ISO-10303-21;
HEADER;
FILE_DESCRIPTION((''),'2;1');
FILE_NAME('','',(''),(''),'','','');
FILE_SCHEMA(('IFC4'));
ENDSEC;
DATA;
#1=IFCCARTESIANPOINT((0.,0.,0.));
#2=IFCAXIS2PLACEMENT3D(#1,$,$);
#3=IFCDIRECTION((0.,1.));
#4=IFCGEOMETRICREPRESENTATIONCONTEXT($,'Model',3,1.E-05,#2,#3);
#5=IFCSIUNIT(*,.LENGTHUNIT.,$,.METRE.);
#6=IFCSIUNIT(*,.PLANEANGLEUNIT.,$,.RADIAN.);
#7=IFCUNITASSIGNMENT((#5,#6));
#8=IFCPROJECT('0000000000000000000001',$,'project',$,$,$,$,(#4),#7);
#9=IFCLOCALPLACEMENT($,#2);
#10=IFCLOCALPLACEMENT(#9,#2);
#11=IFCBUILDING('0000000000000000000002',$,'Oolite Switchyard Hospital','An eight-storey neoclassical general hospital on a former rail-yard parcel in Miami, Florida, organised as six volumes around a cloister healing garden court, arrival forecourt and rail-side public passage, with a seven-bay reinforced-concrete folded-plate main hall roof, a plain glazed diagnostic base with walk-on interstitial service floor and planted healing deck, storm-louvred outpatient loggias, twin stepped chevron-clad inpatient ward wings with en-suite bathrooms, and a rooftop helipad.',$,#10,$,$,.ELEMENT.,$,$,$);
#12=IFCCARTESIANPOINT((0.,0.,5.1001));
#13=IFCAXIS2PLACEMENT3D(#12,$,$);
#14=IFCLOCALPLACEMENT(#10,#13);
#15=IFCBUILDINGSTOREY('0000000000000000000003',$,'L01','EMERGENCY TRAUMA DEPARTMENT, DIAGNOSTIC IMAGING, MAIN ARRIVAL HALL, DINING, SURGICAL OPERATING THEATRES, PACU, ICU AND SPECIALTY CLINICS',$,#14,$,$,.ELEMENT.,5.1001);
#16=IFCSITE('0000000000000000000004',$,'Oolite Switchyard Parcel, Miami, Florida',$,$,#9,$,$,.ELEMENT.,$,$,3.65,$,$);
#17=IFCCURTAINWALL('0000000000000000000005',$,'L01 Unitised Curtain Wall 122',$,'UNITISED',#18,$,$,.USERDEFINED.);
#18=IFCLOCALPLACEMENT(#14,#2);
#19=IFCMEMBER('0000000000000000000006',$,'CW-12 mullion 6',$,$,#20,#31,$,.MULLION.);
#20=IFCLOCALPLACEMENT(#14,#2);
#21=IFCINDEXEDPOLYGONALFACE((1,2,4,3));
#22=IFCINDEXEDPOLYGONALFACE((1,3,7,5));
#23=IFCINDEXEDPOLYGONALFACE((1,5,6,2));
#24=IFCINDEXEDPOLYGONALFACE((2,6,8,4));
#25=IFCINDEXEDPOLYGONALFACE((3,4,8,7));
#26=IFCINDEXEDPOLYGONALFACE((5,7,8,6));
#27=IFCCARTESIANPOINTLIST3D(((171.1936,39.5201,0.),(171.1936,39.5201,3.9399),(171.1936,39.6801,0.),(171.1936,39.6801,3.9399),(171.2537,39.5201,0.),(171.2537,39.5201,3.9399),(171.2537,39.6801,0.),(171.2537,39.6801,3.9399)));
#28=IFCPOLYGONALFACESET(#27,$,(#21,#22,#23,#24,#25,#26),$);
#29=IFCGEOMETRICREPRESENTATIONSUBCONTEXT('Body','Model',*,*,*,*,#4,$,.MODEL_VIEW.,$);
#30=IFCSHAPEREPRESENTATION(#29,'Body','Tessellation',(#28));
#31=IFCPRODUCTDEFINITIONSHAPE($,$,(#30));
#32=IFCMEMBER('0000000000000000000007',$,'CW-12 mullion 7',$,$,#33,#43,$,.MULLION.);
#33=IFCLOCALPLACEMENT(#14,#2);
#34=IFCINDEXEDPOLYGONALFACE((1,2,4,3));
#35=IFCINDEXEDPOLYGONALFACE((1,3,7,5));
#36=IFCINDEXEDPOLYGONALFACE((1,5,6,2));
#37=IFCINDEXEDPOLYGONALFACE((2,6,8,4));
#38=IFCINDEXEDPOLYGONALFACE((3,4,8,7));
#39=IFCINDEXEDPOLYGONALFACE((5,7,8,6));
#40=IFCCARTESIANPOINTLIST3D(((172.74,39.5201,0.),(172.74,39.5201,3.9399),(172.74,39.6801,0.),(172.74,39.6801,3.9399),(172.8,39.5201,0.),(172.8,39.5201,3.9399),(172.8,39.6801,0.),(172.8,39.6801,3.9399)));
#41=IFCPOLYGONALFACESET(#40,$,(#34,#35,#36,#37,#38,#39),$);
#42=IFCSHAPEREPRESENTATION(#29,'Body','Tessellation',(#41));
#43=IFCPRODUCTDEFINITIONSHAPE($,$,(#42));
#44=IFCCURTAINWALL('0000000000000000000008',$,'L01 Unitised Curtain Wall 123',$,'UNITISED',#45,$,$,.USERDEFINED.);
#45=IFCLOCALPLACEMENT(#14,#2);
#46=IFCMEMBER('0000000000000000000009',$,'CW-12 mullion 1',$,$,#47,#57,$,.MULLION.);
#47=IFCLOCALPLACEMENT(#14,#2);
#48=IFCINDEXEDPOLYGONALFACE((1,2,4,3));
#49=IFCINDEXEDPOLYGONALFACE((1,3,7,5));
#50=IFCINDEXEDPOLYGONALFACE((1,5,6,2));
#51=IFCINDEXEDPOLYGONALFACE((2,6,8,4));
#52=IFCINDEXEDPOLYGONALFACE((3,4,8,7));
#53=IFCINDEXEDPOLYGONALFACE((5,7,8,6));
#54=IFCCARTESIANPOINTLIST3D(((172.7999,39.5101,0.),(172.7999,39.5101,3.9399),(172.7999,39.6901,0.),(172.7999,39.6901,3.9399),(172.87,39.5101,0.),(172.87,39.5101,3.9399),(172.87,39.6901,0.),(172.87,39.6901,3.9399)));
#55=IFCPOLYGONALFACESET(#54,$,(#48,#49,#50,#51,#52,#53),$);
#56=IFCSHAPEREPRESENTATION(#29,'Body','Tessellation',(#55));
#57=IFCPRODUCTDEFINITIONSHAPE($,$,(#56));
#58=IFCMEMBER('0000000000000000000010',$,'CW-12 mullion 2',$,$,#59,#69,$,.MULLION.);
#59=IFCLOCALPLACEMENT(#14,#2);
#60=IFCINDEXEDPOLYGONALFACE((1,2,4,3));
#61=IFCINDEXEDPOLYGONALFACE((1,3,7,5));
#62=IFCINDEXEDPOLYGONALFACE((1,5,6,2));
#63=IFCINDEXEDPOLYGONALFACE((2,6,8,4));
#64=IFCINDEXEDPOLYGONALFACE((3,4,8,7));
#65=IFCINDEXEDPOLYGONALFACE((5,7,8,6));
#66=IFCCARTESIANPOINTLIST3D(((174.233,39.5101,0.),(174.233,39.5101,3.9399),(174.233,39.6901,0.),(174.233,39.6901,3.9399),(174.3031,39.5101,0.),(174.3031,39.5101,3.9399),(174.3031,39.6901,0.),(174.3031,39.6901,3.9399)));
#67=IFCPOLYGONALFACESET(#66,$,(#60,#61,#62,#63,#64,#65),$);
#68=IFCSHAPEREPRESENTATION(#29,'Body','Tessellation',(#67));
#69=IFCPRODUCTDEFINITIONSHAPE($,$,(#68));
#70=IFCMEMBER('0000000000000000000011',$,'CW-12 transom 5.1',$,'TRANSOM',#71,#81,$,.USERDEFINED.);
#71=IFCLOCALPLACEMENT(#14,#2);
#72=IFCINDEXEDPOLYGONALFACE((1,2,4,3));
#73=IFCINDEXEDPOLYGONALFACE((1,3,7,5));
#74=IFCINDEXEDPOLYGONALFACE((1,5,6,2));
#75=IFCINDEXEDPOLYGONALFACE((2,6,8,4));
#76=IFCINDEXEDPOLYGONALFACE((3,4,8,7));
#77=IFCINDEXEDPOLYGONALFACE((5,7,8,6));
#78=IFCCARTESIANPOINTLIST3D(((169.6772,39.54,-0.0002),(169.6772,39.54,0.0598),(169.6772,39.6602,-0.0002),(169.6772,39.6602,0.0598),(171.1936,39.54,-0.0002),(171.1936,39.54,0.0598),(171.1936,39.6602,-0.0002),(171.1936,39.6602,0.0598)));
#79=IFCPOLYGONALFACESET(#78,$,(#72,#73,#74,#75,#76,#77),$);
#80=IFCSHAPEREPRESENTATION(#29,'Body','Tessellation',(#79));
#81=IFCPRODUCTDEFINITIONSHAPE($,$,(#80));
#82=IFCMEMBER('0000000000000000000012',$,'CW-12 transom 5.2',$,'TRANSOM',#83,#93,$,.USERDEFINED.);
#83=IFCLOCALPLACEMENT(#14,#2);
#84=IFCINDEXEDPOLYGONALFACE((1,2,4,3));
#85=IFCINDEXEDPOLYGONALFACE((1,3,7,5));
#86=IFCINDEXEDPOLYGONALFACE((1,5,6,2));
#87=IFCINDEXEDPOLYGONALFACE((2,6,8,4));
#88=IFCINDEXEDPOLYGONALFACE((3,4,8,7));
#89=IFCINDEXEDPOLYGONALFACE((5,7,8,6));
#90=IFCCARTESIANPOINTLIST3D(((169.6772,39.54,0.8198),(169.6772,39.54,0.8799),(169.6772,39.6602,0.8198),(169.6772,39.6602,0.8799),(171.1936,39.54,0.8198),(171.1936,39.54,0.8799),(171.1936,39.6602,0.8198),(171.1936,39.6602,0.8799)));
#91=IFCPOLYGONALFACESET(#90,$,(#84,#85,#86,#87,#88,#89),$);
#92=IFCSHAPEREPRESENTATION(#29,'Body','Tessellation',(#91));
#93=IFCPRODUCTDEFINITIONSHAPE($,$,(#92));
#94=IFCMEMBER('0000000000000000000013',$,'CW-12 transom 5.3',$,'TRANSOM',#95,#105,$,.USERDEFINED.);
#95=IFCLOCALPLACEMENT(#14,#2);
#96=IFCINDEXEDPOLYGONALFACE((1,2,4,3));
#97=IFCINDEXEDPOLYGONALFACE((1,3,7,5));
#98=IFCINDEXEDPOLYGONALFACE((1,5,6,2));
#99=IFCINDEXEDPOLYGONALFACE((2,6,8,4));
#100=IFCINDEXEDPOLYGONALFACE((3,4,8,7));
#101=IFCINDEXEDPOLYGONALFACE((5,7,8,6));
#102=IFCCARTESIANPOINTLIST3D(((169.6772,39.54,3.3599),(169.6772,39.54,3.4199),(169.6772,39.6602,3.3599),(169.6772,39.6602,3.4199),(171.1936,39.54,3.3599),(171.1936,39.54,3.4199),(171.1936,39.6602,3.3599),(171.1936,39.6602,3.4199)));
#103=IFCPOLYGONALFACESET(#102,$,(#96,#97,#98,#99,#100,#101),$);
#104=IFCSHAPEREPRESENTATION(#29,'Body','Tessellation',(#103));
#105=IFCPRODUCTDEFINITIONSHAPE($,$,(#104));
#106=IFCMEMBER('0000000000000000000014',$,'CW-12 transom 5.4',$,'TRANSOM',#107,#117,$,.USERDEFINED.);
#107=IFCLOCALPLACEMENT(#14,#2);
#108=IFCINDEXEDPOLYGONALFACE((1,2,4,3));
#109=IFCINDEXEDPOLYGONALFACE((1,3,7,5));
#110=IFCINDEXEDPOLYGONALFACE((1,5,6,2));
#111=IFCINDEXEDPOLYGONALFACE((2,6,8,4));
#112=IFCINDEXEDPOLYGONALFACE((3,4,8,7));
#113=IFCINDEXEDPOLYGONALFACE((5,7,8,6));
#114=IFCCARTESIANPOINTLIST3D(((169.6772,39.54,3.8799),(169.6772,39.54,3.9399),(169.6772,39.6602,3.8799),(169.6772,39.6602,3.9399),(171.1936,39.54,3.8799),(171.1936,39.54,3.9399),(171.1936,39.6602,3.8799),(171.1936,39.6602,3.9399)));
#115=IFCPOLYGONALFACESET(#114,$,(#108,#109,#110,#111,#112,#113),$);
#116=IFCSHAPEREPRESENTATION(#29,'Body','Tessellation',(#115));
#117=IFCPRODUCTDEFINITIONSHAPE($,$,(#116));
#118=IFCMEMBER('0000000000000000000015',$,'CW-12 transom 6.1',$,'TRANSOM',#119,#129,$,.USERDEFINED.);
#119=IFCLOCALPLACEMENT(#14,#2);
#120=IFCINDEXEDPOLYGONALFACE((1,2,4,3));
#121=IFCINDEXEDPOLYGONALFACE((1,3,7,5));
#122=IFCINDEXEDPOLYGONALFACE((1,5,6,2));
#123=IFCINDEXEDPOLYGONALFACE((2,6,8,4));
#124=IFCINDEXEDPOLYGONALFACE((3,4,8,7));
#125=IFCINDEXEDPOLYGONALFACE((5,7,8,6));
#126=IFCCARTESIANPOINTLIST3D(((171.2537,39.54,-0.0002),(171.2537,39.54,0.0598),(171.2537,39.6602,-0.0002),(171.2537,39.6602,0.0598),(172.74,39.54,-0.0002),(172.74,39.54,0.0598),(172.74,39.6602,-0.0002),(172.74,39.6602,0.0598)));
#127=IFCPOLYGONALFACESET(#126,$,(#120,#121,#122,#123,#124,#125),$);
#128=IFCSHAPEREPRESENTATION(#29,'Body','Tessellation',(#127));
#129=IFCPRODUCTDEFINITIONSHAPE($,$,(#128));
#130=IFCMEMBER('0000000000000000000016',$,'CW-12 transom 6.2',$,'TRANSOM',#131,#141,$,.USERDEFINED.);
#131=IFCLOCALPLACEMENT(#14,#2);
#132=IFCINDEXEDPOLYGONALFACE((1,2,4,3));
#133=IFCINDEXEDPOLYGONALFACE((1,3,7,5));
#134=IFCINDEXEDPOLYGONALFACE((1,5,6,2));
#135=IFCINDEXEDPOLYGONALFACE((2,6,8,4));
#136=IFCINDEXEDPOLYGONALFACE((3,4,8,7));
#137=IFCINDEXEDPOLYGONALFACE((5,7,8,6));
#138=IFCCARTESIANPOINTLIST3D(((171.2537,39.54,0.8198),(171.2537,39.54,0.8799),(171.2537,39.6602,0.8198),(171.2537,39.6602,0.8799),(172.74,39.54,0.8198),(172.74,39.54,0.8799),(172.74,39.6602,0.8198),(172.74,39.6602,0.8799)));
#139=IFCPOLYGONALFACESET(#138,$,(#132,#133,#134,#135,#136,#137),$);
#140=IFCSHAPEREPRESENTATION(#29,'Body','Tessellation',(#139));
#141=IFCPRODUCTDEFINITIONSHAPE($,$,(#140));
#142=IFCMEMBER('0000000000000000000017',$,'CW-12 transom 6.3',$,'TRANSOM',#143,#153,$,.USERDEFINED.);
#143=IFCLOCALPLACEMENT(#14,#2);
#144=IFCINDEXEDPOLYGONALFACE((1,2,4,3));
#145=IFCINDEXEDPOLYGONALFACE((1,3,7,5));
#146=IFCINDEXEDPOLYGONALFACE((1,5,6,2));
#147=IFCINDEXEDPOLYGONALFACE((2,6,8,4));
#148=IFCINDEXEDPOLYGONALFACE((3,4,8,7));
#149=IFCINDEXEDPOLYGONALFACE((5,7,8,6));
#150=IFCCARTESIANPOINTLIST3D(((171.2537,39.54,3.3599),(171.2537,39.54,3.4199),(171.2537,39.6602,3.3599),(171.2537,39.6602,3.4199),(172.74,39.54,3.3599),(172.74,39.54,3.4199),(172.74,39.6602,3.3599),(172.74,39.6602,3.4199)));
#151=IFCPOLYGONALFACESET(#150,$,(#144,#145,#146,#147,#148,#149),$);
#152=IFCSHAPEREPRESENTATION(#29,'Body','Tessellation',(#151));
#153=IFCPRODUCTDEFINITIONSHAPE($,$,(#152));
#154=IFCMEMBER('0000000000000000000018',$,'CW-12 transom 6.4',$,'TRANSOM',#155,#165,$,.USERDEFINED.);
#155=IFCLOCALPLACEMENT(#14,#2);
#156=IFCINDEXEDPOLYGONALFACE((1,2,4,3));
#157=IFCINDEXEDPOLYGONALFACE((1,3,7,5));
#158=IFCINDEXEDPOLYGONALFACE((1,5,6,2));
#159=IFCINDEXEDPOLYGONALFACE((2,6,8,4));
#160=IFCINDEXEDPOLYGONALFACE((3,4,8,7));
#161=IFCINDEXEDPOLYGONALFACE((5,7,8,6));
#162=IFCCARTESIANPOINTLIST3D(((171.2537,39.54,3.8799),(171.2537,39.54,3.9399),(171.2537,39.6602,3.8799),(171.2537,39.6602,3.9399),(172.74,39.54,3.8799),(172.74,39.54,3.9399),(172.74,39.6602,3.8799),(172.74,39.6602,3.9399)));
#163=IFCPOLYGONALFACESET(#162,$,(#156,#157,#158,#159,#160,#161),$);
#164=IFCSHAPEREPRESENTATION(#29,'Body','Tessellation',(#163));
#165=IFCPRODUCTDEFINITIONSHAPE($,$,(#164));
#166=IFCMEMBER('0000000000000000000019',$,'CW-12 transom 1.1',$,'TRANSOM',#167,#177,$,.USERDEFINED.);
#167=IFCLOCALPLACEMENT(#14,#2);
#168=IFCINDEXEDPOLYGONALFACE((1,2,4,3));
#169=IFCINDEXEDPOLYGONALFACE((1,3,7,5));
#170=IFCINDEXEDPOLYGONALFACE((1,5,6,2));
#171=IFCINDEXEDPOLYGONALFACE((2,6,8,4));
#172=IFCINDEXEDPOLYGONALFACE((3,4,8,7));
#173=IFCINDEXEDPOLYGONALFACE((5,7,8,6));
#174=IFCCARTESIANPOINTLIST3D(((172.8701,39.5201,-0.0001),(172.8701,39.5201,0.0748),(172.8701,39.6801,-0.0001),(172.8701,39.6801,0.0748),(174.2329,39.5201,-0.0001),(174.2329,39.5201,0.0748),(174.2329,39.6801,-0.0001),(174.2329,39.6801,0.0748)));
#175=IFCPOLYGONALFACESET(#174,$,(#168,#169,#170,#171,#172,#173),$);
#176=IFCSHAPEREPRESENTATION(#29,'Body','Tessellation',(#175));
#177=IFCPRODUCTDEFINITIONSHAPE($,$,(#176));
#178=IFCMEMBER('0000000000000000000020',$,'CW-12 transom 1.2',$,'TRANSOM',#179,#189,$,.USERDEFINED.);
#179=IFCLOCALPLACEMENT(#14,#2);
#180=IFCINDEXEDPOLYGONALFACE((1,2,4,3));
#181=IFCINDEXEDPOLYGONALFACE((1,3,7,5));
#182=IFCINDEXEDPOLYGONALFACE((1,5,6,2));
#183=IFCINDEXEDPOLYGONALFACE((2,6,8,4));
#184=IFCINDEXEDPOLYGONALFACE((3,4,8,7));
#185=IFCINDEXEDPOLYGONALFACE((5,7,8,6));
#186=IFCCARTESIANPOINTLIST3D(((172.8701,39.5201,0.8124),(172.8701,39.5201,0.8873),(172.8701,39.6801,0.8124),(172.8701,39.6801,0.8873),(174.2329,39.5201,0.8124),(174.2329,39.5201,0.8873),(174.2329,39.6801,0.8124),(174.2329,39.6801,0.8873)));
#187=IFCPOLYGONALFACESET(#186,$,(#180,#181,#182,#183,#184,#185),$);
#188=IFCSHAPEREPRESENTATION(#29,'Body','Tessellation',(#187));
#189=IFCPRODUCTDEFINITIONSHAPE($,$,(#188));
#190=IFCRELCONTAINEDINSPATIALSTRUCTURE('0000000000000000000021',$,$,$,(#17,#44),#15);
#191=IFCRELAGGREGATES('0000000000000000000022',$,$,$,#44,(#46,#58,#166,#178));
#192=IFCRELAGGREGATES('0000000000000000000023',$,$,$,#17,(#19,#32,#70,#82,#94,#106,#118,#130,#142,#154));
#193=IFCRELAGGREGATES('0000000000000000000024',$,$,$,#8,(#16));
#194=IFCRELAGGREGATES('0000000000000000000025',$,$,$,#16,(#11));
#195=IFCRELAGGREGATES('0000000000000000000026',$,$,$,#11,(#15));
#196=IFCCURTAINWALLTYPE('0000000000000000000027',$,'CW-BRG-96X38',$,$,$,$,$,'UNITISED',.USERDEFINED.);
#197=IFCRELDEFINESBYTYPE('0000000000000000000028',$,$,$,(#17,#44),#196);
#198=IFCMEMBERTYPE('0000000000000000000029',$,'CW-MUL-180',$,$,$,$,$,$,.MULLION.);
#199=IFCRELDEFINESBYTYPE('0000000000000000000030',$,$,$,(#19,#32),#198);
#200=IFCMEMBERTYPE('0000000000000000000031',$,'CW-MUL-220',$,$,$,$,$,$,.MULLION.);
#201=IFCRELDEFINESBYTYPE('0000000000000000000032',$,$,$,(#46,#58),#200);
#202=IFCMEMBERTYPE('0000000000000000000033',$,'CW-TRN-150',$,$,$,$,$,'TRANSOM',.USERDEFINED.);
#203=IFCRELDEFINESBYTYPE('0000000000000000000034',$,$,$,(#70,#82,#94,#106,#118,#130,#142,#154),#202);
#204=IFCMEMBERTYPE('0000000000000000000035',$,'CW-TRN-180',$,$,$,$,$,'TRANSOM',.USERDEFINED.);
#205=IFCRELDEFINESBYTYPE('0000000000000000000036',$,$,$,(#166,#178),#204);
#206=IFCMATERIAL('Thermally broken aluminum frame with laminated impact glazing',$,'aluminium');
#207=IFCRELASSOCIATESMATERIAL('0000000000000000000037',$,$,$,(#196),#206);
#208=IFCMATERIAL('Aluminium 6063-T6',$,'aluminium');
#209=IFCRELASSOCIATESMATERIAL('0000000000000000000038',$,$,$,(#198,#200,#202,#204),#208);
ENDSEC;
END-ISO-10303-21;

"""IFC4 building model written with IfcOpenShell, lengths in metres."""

from ifc_helpers import new_model, si_unit, direction, frame, origin, origin_2d, place, context, subcontext, project, spatial, rectangle, extrude, material, material_profile, profile_set, type_object, element, aggregate, save


model = new_model("IFC4")

# Units and contexts
model_context = context("Model", 3, precision=1e-05, world=origin(), true_north=direction((0.0, 1.0)))
body_context = subcontext(model_context, "Body", "Model", "MODEL_VIEW")
ifc_project = project(units=[si_unit("LENGTHUNIT", "METRE"), si_unit("PLANEANGLEUNIT", "RADIAN")], contexts=[model_context])

# Site, building, storey
site_placement = place(None, origin())
site = spatial("IfcSite", under=ifc_project, at=site_placement, Name="Oolite Switchyard Parcel, Miami, Florida", CompositionType="ELEMENT", RefElevation=3.65)
building_placement = place(site_placement, origin())
building = spatial("IfcBuilding", under=site, at=building_placement, Name="Oolite Switchyard Hospital", Description="An eight-storey neoclassical general hospital on a former rail-yard parcel in Miami, Florida, organised as six volumes around a cloister healing garden court, arrival forecourt and rail-side public passage, with a seven-bay reinforced-concrete folded-plate main hall roof, a plain glazed diagnostic base with walk-on interstitial service floor and planted healing deck, storm-louvred outpatient loggias, twin stepped chevron-clad inpatient ward wings with en-suite bathrooms, and a rooftop helipad.", CompositionType="ELEMENT")
storey_placement = place(building_placement, frame((0.0, 0.0, 5.1001)))
storey = spatial("IfcBuildingStorey", under=building, at=storey_placement, Name="L01", Description="EMERGENCY TRAUMA DEPARTMENT, DIAGNOSTIC IMAGING, MAIN ARRIVAL HALL, DINING, SURGICAL OPERATING THEATRES, PACU, ICU AND SPECIALTY CLINICS", CompositionType="ELEMENT", Elevation=5.1001)

# Curtain walls, members
ifc_material_1 = material(Name="Thermally broken aluminum frame with laminated impact glazing", Category="aluminium")
curtain_wall_type = type_object("IfcCurtainWallType", Name="CW-BRG-96X38", ElementType="UNITISED", PredefinedType="USERDEFINED", material=ifc_material_1)
curtain_wall_1_placement = place(storey_placement, origin())
curtain_wall_1 = element("IfcCurtainWall", 1, at=curtain_wall_1_placement, inside=storey, type_object=curtain_wall_type, Name="L01 Unitised Curtain Wall 122", ObjectType="UNITISED", PredefinedType="USERDEFINED")
ifc_material_2 = material(Name="Aluminium 6063-T6", Category="aluminium")
ifc_material_profile_1 = material_profile(ifc_material_2, rectangle(XDim=0.1599, YDim=0.0601, at=origin_2d()), Name="CWM60X160")
ifc_profile_set_1 = profile_set([ifc_material_profile_1], Name="Aluminium 6063-T6")
member_type_1 = type_object("IfcMemberType", Name="CW-MUL-180", PredefinedType="MULLION", material=ifc_profile_set_1)
member_1_placement = place(storey_placement, frame((171.2236, 39.6001, 0.0), z_axis=(0.0, 0.0, 1.0), x_axis=(0.0, 1.0, 0.0)))
member_1 = element("IfcMember", 2, at=member_1_placement, type_object=member_type_1, Name="CW-12 mullion 6", PredefinedType="MULLION", context=body_context, shape_type="SweptSolid", body=[
    extrude(rectangle(XDim=0.1599, YDim=0.0601, at=origin_2d()), origin(), (0.0, 0.0, 1.0), 3.9399),
])
member_2_placement = place(storey_placement, frame((172.77, 39.6001, 0.0), z_axis=(0.0, 0.0, 1.0), x_axis=(0.0, 1.0, 0.0)))
member_2 = element("IfcMember", 3, at=member_2_placement, type_object=member_type_1, Name="CW-12 mullion 7", PredefinedType="MULLION", context=body_context, shape_type="SweptSolid", body=[
    extrude(rectangle(XDim=0.1599, YDim=0.0601, at=origin_2d()), origin(), (0.0, 0.0, 1.0), 3.9399),
])
curtain_wall_2_placement = place(storey_placement, origin())
curtain_wall_2 = element("IfcCurtainWall", 4, at=curtain_wall_2_placement, inside=storey, type_object=curtain_wall_type, Name="L01 Unitised Curtain Wall 123", ObjectType="UNITISED", PredefinedType="USERDEFINED")
ifc_material_profile_2 = material_profile(ifc_material_2, rectangle(XDim=0.1799, YDim=0.0701, at=origin_2d()), Name="CWM70X180")
ifc_profile_set_2 = profile_set([ifc_material_profile_2], Name="Aluminium 6063-T6")
member_type_2 = type_object("IfcMemberType", Name="CW-MUL-220", PredefinedType="MULLION", material=ifc_profile_set_2)
member_3_placement = place(storey_placement, frame((172.835, 39.6001, 0.0), z_axis=(0.0, 0.0, 1.0), x_axis=(0.0, 1.0, 0.0)))
member_3 = element("IfcMember", 5, at=member_3_placement, type_object=member_type_2, Name="CW-12 mullion 1", PredefinedType="MULLION", context=body_context, shape_type="SweptSolid", body=[
    extrude(rectangle(XDim=0.1799, YDim=0.0701, at=origin_2d()), origin(), (0.0, 0.0, 1.0), 3.9399),
])
member_4_placement = place(storey_placement, frame((174.2681, 39.6001, 0.0), z_axis=(0.0, 0.0, 1.0), x_axis=(0.0, 1.0, 0.0)))
member_4 = element("IfcMember", 6, at=member_4_placement, type_object=member_type_2, Name="CW-12 mullion 2", PredefinedType="MULLION", context=body_context, shape_type="SweptSolid", body=[
    extrude(rectangle(XDim=0.1799, YDim=0.0701, at=origin_2d()), origin(), (0.0, 0.0, 1.0), 3.9399),
])

# Members
ifc_material_profile_3 = material_profile(ifc_material_2, rectangle(XDim=0.1201, YDim=0.0601, at=origin_2d()), Name="CWT60X120")
ifc_profile_set_3 = profile_set([ifc_material_profile_3], Name="Aluminium 6063-T6")
member_type_3 = type_object("IfcMemberType", Name="CW-TRN-150", ElementType="TRANSOM", PredefinedType="USERDEFINED", material=ifc_profile_set_3)
member_5_placement = place(storey_placement, frame((169.6772, 39.6001, 0.0298), z_axis=(1.0, 0.0, 0.0), x_axis=(0.0, 1.0, 0.0)))
member_5 = element("IfcMember", 7, at=member_5_placement, type_object=member_type_3, Name="CW-12 transom 5.1", ObjectType="TRANSOM", PredefinedType="USERDEFINED", context=body_context, shape_type="SweptSolid", body=[
    extrude(rectangle(XDim=0.1201, YDim=0.0601, at=origin_2d()), origin(), (0.0, 0.0, 1.0), 1.5164),
])
member_6_placement = place(storey_placement, frame((169.6772, 39.6001, 0.8499), z_axis=(1.0, 0.0, 0.0), x_axis=(0.0, 1.0, 0.0)))
member_6 = element("IfcMember", 8, at=member_6_placement, type_object=member_type_3, Name="CW-12 transom 5.2", ObjectType="TRANSOM", PredefinedType="USERDEFINED", context=body_context, shape_type="SweptSolid", body=[
    extrude(rectangle(XDim=0.1201, YDim=0.0601, at=origin_2d()), origin(), (0.0, 0.0, 1.0), 1.5164),
])
member_7_placement = place(storey_placement, frame((169.6772, 39.6001, 3.3899), z_axis=(1.0, 0.0, 0.0), x_axis=(0.0, 1.0, 0.0)))
member_7 = element("IfcMember", 9, at=member_7_placement, type_object=member_type_3, Name="CW-12 transom 5.3", ObjectType="TRANSOM", PredefinedType="USERDEFINED", context=body_context, shape_type="SweptSolid", body=[
    extrude(rectangle(XDim=0.1201, YDim=0.0601, at=origin_2d()), origin(), (0.0, 0.0, 1.0), 1.5164),
])
member_8_placement = place(storey_placement, frame((169.6772, 39.6001, 3.9099), z_axis=(1.0, 0.0, 0.0), x_axis=(0.0, 1.0, 0.0)))
member_8 = element("IfcMember", 10, at=member_8_placement, type_object=member_type_3, Name="CW-12 transom 5.4", ObjectType="TRANSOM", PredefinedType="USERDEFINED", context=body_context, shape_type="SweptSolid", body=[
    extrude(rectangle(XDim=0.1201, YDim=0.0601, at=origin_2d()), origin(), (0.0, 0.0, 1.0), 1.5164),
])
member_9_placement = place(storey_placement, frame((171.2537, 39.6001, 0.0298), z_axis=(1.0, 0.0, 0.0), x_axis=(0.0, 1.0, 0.0)))
member_9 = element("IfcMember", 11, at=member_9_placement, type_object=member_type_3, Name="CW-12 transom 6.1", ObjectType="TRANSOM", PredefinedType="USERDEFINED", context=body_context, shape_type="SweptSolid", body=[
    extrude(rectangle(XDim=0.1201, YDim=0.0601, at=origin_2d()), origin(), (0.0, 0.0, 1.0), 1.4863),
])
member_10_placement = place(storey_placement, frame((171.2537, 39.6001, 0.8499), z_axis=(1.0, 0.0, 0.0), x_axis=(0.0, 1.0, 0.0)))
member_10 = element("IfcMember", 12, at=member_10_placement, type_object=member_type_3, Name="CW-12 transom 6.2", ObjectType="TRANSOM", PredefinedType="USERDEFINED", context=body_context, shape_type="SweptSolid", body=[
    extrude(rectangle(XDim=0.1201, YDim=0.0601, at=origin_2d()), origin(), (0.0, 0.0, 1.0), 1.4863),
])
member_11_placement = place(storey_placement, frame((171.2537, 39.6001, 3.3899), z_axis=(1.0, 0.0, 0.0), x_axis=(0.0, 1.0, 0.0)))
member_11 = element("IfcMember", 13, at=member_11_placement, type_object=member_type_3, Name="CW-12 transom 6.3", ObjectType="TRANSOM", PredefinedType="USERDEFINED", context=body_context, shape_type="SweptSolid", body=[
    extrude(rectangle(XDim=0.1201, YDim=0.0601, at=origin_2d()), origin(), (0.0, 0.0, 1.0), 1.4863),
])
member_12_placement = place(storey_placement, frame((171.2537, 39.6001, 3.9099), z_axis=(1.0, 0.0, 0.0), x_axis=(0.0, 1.0, 0.0)))
member_12 = element("IfcMember", 14, at=member_12_placement, type_object=member_type_3, Name="CW-12 transom 6.4", ObjectType="TRANSOM", PredefinedType="USERDEFINED", context=body_context, shape_type="SweptSolid", body=[
    extrude(rectangle(XDim=0.1201, YDim=0.0601, at=origin_2d()), origin(), (0.0, 0.0, 1.0), 1.4863),
])
ifc_material_profile_4 = material_profile(ifc_material_2, rectangle(XDim=0.1599, YDim=0.075, at=origin_2d()), Name="CWT75X160")
ifc_profile_set_4 = profile_set([ifc_material_profile_4], Name="Aluminium 6063-T6")
member_type_4 = type_object("IfcMemberType", Name="CW-TRN-180", ElementType="TRANSOM", PredefinedType="USERDEFINED", material=ifc_profile_set_4)
member_13_placement = place(storey_placement, frame((172.8701, 39.6001, 0.0374), z_axis=(1.0, 0.0, 0.0), x_axis=(0.0, 1.0, 0.0)))
member_13 = element("IfcMember", 15, at=member_13_placement, type_object=member_type_4, Name="CW-12 transom 1.1", ObjectType="TRANSOM", PredefinedType="USERDEFINED", context=body_context, shape_type="SweptSolid", body=[
    extrude(rectangle(XDim=0.1599, YDim=0.075, at=origin_2d()), origin(), (0.0, 0.0, 1.0), 1.3628),
])
member_14_placement = place(storey_placement, frame((172.8701, 39.6001, 0.8499), z_axis=(1.0, 0.0, 0.0), x_axis=(0.0, 1.0, 0.0)))
member_14 = element("IfcMember", 16, at=member_14_placement, type_object=member_type_4, Name="CW-12 transom 1.2", ObjectType="TRANSOM", PredefinedType="USERDEFINED", context=body_context, shape_type="SweptSolid", body=[
    extrude(rectangle(XDim=0.1599, YDim=0.075, at=origin_2d()), origin(), (0.0, 0.0, 1.0), 1.3628),
])

aggregate(curtain_wall_2, [member_3, member_4, member_13, member_14])
aggregate(curtain_wall_1, [member_1, member_2, member_5, member_6, member_7, member_8, member_9, member_10, member_11, member_12])

save(model, "model.ifc")
